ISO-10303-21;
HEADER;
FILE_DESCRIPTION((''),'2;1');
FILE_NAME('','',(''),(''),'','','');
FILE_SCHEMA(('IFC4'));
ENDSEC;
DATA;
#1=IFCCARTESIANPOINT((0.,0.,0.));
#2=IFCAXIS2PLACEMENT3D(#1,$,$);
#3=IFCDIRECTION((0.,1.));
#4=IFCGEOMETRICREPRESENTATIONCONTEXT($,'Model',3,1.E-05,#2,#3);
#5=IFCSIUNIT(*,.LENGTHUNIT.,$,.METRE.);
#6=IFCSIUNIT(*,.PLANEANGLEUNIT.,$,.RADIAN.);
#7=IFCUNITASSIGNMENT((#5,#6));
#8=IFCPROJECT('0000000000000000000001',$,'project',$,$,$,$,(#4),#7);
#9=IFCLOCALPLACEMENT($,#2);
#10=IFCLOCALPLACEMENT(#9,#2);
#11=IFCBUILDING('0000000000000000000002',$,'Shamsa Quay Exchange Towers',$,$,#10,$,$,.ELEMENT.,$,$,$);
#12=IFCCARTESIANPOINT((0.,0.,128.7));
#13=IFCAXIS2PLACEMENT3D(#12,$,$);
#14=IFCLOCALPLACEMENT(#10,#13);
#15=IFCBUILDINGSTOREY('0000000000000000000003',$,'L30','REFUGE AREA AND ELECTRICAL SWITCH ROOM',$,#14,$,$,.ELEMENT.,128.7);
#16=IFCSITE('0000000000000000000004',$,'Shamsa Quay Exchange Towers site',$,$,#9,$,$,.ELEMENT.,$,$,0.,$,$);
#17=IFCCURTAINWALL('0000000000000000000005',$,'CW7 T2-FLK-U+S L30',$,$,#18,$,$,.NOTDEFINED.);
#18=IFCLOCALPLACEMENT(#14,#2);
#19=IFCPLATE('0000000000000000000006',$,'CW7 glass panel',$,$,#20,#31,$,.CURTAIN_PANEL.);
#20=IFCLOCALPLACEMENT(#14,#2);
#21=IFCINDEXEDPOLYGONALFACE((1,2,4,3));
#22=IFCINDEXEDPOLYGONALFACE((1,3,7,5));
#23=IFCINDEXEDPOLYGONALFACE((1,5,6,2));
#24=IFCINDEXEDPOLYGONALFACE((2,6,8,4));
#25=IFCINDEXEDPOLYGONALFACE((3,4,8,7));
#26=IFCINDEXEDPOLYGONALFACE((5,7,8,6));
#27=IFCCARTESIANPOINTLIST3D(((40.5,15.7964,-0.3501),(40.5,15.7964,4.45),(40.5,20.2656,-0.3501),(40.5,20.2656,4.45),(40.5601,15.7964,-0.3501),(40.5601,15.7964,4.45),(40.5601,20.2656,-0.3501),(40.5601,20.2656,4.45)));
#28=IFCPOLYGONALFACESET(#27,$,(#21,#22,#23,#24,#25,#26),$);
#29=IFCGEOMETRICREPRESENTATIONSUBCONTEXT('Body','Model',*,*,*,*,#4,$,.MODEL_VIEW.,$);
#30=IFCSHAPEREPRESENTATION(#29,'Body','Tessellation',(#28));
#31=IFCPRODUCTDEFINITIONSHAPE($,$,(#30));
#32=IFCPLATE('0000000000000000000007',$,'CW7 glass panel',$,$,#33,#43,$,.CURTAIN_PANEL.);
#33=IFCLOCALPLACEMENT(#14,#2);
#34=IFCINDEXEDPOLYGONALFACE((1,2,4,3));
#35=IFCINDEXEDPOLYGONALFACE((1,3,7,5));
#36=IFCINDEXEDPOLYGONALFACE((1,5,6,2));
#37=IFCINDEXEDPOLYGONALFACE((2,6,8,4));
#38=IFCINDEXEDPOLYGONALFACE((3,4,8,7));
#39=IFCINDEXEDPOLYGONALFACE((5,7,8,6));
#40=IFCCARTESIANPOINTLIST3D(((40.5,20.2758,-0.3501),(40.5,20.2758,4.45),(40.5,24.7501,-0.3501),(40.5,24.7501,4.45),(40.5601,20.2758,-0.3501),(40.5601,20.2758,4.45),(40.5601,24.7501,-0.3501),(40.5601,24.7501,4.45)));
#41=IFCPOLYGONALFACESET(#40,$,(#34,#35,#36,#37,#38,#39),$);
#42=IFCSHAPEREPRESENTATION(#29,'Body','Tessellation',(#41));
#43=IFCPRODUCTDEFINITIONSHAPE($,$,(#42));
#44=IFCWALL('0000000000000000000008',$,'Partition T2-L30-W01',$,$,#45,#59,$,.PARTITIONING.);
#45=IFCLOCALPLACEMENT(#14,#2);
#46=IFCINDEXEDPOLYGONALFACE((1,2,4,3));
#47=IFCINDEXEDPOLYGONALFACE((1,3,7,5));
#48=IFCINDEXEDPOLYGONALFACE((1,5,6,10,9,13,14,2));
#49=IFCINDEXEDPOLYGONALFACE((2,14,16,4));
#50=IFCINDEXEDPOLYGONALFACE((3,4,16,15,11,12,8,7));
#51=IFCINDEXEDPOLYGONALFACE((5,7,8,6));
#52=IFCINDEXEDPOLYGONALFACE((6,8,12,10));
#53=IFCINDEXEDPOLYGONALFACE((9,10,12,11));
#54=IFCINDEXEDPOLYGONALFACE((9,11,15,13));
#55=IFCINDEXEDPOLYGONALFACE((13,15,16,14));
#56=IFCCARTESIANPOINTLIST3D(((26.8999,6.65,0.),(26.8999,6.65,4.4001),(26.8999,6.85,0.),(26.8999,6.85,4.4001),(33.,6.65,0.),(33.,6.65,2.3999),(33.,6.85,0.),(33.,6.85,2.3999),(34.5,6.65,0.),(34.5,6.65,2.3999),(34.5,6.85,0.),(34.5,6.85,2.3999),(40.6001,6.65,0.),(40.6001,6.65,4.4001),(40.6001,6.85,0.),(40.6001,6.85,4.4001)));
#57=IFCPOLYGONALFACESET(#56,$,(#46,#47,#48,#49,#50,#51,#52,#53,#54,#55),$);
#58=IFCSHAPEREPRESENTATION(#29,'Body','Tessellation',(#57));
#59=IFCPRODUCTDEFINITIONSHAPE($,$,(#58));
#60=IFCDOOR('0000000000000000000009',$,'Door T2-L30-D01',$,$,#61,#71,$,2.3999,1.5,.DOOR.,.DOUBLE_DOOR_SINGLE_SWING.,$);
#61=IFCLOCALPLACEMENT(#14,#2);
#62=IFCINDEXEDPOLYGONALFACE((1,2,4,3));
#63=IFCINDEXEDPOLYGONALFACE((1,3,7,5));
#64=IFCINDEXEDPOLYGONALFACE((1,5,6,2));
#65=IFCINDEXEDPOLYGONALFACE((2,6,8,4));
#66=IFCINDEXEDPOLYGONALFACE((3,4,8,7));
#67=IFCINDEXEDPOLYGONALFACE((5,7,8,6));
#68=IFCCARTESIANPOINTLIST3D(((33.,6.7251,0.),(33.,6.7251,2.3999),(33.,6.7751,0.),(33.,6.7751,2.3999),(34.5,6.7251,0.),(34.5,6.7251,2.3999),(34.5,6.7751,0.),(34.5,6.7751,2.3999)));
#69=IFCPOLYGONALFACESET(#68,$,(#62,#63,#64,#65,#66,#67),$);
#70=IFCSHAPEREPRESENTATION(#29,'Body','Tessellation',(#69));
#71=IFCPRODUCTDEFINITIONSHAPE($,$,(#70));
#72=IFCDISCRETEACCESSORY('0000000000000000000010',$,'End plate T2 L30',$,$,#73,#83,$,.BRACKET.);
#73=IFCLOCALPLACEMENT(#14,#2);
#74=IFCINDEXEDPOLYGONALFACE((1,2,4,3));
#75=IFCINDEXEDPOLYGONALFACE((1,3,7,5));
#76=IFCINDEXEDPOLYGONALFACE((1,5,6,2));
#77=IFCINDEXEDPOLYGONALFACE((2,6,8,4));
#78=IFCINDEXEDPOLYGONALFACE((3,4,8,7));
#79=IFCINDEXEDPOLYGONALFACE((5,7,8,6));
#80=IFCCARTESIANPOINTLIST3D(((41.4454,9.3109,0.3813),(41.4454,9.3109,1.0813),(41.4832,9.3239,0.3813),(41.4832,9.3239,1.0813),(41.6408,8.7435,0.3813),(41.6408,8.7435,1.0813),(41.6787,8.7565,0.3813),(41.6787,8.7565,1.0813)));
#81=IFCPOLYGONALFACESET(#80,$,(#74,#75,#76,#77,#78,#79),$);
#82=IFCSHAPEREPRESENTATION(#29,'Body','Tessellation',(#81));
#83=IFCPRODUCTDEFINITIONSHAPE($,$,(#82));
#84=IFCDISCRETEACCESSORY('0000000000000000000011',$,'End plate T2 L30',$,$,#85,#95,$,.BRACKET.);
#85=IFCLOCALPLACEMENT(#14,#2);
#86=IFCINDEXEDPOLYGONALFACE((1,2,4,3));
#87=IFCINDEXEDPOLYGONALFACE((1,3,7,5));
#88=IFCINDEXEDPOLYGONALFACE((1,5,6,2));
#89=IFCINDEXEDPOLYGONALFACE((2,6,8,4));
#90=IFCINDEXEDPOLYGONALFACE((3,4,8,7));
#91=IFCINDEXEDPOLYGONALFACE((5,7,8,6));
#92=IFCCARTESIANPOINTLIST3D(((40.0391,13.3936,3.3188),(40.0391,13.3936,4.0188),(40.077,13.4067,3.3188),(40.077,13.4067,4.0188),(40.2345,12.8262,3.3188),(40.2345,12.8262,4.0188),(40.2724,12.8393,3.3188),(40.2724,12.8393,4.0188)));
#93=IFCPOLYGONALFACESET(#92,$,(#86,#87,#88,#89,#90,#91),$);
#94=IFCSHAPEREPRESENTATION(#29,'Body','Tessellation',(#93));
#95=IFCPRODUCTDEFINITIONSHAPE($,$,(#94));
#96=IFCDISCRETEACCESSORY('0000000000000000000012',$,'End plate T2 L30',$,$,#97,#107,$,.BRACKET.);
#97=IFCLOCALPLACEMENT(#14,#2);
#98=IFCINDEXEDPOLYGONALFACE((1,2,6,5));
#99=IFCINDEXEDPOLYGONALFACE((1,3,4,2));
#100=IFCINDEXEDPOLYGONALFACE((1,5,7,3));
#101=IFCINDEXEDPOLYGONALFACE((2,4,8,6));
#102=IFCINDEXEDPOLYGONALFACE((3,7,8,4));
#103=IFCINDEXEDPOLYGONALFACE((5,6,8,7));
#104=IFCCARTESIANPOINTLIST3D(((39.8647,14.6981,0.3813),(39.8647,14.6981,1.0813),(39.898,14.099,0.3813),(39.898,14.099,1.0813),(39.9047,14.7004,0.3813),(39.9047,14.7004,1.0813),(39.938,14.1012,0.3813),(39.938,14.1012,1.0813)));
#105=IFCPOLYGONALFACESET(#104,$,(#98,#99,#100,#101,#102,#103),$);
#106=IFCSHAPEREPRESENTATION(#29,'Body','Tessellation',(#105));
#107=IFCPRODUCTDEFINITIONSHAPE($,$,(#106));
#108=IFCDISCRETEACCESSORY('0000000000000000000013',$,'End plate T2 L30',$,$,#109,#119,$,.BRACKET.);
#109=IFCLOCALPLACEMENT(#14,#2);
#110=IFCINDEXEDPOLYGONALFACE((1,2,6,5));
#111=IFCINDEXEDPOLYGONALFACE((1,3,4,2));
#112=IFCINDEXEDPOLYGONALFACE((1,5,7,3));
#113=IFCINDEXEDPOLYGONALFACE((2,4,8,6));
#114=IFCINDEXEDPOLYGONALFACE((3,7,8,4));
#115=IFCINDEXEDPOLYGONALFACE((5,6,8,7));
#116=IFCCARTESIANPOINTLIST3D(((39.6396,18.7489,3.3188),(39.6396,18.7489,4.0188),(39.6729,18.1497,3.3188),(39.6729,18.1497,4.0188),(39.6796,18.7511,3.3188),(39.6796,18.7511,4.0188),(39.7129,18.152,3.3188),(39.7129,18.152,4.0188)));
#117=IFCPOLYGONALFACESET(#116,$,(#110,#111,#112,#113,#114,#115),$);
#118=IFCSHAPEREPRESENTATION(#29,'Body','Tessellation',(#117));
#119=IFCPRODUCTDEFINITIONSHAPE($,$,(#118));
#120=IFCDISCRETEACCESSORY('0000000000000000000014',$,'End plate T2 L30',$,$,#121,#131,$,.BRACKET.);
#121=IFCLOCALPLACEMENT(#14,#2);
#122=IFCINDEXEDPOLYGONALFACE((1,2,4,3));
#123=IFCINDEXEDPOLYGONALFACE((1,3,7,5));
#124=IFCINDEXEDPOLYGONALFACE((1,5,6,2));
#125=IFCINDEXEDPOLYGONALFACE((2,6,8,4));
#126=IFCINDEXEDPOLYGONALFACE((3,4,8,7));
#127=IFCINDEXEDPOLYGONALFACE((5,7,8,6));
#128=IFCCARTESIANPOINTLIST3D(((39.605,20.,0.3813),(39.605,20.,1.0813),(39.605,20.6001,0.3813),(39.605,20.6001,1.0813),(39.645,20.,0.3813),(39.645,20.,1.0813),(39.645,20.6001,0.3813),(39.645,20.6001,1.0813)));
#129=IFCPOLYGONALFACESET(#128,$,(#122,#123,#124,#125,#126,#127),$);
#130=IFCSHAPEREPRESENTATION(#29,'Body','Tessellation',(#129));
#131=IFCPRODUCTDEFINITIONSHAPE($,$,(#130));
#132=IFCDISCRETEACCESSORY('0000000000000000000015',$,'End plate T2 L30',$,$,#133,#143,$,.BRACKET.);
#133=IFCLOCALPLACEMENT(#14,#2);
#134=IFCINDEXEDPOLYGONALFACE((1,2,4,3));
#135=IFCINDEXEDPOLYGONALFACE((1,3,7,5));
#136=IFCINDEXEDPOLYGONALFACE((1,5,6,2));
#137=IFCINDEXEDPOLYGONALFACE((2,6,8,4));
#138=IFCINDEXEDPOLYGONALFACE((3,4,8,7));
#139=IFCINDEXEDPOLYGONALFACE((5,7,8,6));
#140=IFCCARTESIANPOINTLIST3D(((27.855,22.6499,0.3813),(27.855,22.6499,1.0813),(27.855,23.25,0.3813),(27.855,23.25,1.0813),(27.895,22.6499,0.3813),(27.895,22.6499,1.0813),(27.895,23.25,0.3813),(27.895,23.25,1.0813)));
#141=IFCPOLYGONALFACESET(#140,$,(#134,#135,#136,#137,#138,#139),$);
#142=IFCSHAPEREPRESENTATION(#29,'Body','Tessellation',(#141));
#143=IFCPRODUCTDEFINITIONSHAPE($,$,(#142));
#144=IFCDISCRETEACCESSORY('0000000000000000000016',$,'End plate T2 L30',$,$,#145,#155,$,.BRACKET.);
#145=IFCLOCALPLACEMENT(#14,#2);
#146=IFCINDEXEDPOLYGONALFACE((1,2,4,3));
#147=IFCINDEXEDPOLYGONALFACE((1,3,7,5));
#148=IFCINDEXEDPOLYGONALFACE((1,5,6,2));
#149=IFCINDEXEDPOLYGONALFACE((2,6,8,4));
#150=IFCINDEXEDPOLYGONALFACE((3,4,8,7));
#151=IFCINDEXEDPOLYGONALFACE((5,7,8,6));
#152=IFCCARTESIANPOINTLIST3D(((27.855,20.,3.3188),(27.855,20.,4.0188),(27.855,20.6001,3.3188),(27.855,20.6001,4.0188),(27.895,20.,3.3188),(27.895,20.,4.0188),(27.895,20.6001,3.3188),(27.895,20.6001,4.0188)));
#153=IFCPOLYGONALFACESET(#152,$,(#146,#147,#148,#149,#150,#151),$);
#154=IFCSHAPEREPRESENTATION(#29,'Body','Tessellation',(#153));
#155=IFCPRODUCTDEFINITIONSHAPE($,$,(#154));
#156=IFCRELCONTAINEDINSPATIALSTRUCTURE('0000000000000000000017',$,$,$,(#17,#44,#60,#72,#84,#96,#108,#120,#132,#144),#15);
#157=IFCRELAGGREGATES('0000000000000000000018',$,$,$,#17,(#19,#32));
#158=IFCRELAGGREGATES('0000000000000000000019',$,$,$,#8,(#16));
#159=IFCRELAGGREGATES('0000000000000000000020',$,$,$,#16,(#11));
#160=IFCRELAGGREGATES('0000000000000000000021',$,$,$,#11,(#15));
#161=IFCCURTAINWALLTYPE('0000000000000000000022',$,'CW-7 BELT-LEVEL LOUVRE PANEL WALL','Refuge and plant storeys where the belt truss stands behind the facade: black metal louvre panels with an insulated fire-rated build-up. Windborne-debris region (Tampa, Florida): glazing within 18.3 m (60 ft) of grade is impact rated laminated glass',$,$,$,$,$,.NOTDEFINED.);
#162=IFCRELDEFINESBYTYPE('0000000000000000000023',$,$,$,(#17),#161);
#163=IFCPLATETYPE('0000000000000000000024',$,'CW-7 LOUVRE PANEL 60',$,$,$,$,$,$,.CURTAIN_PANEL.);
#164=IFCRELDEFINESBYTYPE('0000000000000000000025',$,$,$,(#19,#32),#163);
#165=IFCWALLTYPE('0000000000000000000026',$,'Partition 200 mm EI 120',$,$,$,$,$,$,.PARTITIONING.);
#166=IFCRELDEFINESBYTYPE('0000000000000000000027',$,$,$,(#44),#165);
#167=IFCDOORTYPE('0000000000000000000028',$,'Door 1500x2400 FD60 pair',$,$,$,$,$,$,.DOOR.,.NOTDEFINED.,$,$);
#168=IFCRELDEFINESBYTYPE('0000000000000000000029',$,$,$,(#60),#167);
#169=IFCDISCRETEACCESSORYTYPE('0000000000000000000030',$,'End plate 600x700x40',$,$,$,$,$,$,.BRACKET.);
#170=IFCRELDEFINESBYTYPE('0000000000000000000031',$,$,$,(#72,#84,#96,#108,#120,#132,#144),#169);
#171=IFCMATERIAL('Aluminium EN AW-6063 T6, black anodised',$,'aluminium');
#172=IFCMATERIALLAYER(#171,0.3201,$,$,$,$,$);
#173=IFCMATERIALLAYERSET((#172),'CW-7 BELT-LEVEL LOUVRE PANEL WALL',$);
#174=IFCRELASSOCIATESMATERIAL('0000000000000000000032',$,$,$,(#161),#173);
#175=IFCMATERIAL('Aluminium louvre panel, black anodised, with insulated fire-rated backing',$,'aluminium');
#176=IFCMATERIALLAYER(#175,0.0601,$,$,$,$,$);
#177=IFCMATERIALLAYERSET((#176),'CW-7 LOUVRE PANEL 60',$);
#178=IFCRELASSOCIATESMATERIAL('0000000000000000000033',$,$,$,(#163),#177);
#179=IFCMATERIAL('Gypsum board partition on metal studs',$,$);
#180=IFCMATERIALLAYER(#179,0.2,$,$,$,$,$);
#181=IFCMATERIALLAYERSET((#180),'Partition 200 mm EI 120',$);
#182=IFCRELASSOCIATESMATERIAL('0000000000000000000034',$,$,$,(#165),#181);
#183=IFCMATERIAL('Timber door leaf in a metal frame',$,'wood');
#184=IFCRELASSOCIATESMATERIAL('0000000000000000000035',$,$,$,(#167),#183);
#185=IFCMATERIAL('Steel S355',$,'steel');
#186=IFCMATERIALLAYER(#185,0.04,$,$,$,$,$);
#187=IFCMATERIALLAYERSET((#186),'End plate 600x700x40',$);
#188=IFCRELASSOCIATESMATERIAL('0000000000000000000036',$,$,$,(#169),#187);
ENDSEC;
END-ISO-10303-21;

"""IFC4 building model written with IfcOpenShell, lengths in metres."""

from ifc_helpers import new_model, si_unit, direction, frame, frame_2d, origin, origin_2d, place, context, subcontext, project, spatial, rectangle, extrude, material, layer, layer_set, type_object, element, fill, aggregate, save


model = new_model("IFC4")

# Units and contexts
model_context = context("Model", 3, precision=1e-05, world=origin(), true_north=direction((0.0, 1.0)))
body_context = subcontext(model_context, "Body", "Model", "MODEL_VIEW")
ifc_project = project(units=[si_unit("LENGTHUNIT", "METRE"), si_unit("PLANEANGLEUNIT", "RADIAN")], contexts=[model_context])

# Site, building, storey
site_placement = place(None, origin())
site = spatial("IfcSite", under=ifc_project, at=site_placement, Name="Shamsa Quay Exchange Towers site", CompositionType="ELEMENT", RefElevation=0.0)
building_placement = place(site_placement, origin())
building = spatial("IfcBuilding", under=site, at=building_placement, Name="Shamsa Quay Exchange Towers", CompositionType="ELEMENT")
storey_placement = place(building_placement, frame((0.0, 0.0, 128.7)))
storey = spatial("IfcBuildingStorey", under=building, at=storey_placement, Name="L30", Description="REFUGE AREA AND ELECTRICAL SWITCH ROOM", CompositionType="ELEMENT", Elevation=128.7)

# Shared definitions
ifc_material_1 = material(Name="Steel S355", Category="steel")

# Curtain wall, plates
ifc_material_2 = material(Name="Aluminium EN AW-6063 T6, black anodised", Category="aluminium")
ifc_layer_1 = layer(ifc_material_2, 0.3201)
ifc_layer_set_1 = layer_set([ifc_layer_1], Name="CW-7 BELT-LEVEL LOUVRE PANEL WALL")
curtain_wall_type = type_object("IfcCurtainWallType", Name="CW-7 BELT-LEVEL LOUVRE PANEL WALL", Description="Refuge and plant storeys where the belt truss stands behind the facade: black metal louvre panels with an insulated fire-rated build-up. Windborne-debris region (Tampa, Florida): glazing within 18.3 m (60 ft) of grade is impact rated laminated glass", PredefinedType="NOTDEFINED", material=ifc_layer_set_1)
curtain_wall_placement = place(storey_placement, origin())
curtain_wall = element("IfcCurtainWall", 1, at=curtain_wall_placement, inside=storey, type_object=curtain_wall_type, Name="CW7 T2-FLK-U+S L30", PredefinedType="NOTDEFINED")
ifc_material_3 = material(Name="Aluminium louvre panel, black anodised, with insulated fire-rated backing", Category="aluminium")
ifc_layer_2 = layer(ifc_material_3, 0.0601)
ifc_layer_set_2 = layer_set([ifc_layer_2], Name="CW-7 LOUVRE PANEL 60")
plate_type = type_object("IfcPlateType", Name="CW-7 LOUVRE PANEL 60", PredefinedType="CURTAIN_PANEL", material=ifc_layer_set_2)
plate_1_placement = place(storey_placement, frame((40.53, 18.031, -0.3501), z_axis=(0.0, 0.0, 1.0), x_axis=(0.0, 1.0, 0.0)))
plate_1 = element("IfcPlate", 2, at=plate_1_placement, type_object=plate_type, Name="CW7 glass panel", PredefinedType="CURTAIN_PANEL", context=body_context, shape_type="SweptSolid", body=[
    extrude(rectangle(XDim=4.4692, YDim=0.0601, at=origin_2d()), origin(), (0.0, 0.0, 1.0), 4.8),
])
plate_2_placement = place(storey_placement, frame((40.53, 22.5129, -0.3501), z_axis=(0.0, 0.0, 1.0), x_axis=(0.0, 1.0, 0.0)))
plate_2 = element("IfcPlate", 3, at=plate_2_placement, type_object=plate_type, Name="CW7 glass panel", PredefinedType="CURTAIN_PANEL", context=body_context, shape_type="SweptSolid", body=[
    extrude(rectangle(XDim=4.4744, YDim=0.0601, at=origin_2d()), origin(), (0.0, 0.0, 1.0), 4.8),
])
aggregate(curtain_wall, [plate_1, plate_2])

# Wall, opening, door
ifc_material_4 = material(Name="Gypsum board partition on metal studs")
ifc_layer_3 = layer(ifc_material_4, 0.2)
ifc_layer_set_3 = layer_set([ifc_layer_3], Name="Partition 200 mm EI 120")
wall_type = type_object("IfcWallType", Name="Partition 200 mm EI 120", PredefinedType="PARTITIONING", material=ifc_layer_set_3)
wall_placement = place(storey_placement, frame((40.6001, 6.75, 0.0), z_axis=(0.0, 0.0, 1.0), x_axis=(-1.0, 0.0, 0.0)))
wall = element("IfcWall", 4, at=wall_placement, inside=storey, type_object=wall_type, Name="Partition T2-L30-W01", PredefinedType="PARTITIONING", context=body_context, shape_type="SweptSolid", body=[
    extrude(rectangle(XDim=13.7002, YDim=0.2, at=frame_2d((6.8501, 0.0))), origin(), (0.0, 0.0, 1.0), 4.4001),
])
opening_placement = place(wall_placement, frame((6.1001, 0.0, 0.0)))
opening = element("IfcOpeningElement", 5, at=opening_placement, cuts=wall, PredefinedType="OPENING", context=body_context, shape_type="SweptSolid", body=[
    extrude(rectangle(XDim=1.5, YDim=2.3999, at=frame_2d((0.75, 1.2))), frame((0.0, 0.1099, 0.0), z_axis=(0.0, -1.0, 0.0), x_axis=(1.0, 0.0, 0.0)), (0.0, 0.0, 1.0), 0.22),
])
ifc_material_5 = material(Name="Timber door leaf in a metal frame", Category="wood")
door_type = type_object("IfcDoorType", Name="Door 1500x2400 FD60 pair", OperationType="NOTDEFINED", PredefinedType="DOOR", material=ifc_material_5)
door_placement = place(opening_placement, origin())
door = element("IfcDoor", 6, at=door_placement, inside=storey, type_object=door_type, Name="Door T2-L30-D01", OperationType="DOUBLE_DOOR_SINGLE_SWING", OverallHeight=2.3999, OverallWidth=1.5, PredefinedType="DOOR", context=body_context, shape_type="SweptSolid", body=[
    extrude(rectangle(XDim=1.5, YDim=2.3999, at=frame_2d((0.75, 1.2))), frame((0.0, 0.0249, 0.0), z_axis=(0.0, -1.0, 0.0), x_axis=(1.0, 0.0, 0.0)), (0.0, 0.0, 1.0), 0.05),
])
fill(opening, door)

# Discrete accessories
ifc_layer_4 = layer(ifc_material_1, 0.04)
ifc_layer_set_4 = layer_set([ifc_layer_4], Name="End plate 600x700x40")
discrete_accessory_type = type_object("IfcDiscreteAccessoryType", Name="End plate 600x700x40", PredefinedType="BRACKET", material=ifc_layer_set_4)
for number, where, z_axis, x_axis, name in (
    (7, (41.562, 9.0337, 0.3813), (0.0, 0.0, 1.0), (-0.325667, 0.945485, 0.0), "End plate T2 L30"),
    (8, (40.1558, 13.1165, 3.3188), (0.0, 0.0, 1.0), (-0.325667, 0.945485, 0.0), "End plate T2 L30"),
    (9, (39.9014, 14.3997, 0.3813), (0.0, 0.0, 1.0), (-0.05547, 0.99846, 0.0), "End plate T2 L30"),
    (10, (39.6763, 18.4504, 3.3188), (0.0, 0.0, 1.0), (-0.05547, 0.99846, 0.0), "End plate T2 L30"),
    (11, (39.625, 20.3, 0.3813), (0.0, 0.0, 1.0), (0.0, 1.0, 0.0), "End plate T2 L30"),
    (12, (27.875, 22.95, 0.3813), (0.0, 0.0, 1.0), (0.0, -1.0, 0.0), "End plate T2 L30"),
    (13, (27.875, 20.3, 3.3188), (0.0, 0.0, 1.0), (0.0, -1.0, 0.0), "End plate T2 L30"),
):
    element("IfcDiscreteAccessory", number, at=place(storey_placement, frame(where, z_axis=z_axis, x_axis=x_axis)), inside=storey, type_object=discrete_accessory_type, Name=name, PredefinedType="BRACKET", context=body_context, shape_type="SweptSolid", body=[
        extrude(rectangle(XDim=0.6001, YDim=0.04, at=origin_2d()), origin(), (0.0, 0.0, 1.0), 0.7),
    ])

save(model, "model.ifc")
